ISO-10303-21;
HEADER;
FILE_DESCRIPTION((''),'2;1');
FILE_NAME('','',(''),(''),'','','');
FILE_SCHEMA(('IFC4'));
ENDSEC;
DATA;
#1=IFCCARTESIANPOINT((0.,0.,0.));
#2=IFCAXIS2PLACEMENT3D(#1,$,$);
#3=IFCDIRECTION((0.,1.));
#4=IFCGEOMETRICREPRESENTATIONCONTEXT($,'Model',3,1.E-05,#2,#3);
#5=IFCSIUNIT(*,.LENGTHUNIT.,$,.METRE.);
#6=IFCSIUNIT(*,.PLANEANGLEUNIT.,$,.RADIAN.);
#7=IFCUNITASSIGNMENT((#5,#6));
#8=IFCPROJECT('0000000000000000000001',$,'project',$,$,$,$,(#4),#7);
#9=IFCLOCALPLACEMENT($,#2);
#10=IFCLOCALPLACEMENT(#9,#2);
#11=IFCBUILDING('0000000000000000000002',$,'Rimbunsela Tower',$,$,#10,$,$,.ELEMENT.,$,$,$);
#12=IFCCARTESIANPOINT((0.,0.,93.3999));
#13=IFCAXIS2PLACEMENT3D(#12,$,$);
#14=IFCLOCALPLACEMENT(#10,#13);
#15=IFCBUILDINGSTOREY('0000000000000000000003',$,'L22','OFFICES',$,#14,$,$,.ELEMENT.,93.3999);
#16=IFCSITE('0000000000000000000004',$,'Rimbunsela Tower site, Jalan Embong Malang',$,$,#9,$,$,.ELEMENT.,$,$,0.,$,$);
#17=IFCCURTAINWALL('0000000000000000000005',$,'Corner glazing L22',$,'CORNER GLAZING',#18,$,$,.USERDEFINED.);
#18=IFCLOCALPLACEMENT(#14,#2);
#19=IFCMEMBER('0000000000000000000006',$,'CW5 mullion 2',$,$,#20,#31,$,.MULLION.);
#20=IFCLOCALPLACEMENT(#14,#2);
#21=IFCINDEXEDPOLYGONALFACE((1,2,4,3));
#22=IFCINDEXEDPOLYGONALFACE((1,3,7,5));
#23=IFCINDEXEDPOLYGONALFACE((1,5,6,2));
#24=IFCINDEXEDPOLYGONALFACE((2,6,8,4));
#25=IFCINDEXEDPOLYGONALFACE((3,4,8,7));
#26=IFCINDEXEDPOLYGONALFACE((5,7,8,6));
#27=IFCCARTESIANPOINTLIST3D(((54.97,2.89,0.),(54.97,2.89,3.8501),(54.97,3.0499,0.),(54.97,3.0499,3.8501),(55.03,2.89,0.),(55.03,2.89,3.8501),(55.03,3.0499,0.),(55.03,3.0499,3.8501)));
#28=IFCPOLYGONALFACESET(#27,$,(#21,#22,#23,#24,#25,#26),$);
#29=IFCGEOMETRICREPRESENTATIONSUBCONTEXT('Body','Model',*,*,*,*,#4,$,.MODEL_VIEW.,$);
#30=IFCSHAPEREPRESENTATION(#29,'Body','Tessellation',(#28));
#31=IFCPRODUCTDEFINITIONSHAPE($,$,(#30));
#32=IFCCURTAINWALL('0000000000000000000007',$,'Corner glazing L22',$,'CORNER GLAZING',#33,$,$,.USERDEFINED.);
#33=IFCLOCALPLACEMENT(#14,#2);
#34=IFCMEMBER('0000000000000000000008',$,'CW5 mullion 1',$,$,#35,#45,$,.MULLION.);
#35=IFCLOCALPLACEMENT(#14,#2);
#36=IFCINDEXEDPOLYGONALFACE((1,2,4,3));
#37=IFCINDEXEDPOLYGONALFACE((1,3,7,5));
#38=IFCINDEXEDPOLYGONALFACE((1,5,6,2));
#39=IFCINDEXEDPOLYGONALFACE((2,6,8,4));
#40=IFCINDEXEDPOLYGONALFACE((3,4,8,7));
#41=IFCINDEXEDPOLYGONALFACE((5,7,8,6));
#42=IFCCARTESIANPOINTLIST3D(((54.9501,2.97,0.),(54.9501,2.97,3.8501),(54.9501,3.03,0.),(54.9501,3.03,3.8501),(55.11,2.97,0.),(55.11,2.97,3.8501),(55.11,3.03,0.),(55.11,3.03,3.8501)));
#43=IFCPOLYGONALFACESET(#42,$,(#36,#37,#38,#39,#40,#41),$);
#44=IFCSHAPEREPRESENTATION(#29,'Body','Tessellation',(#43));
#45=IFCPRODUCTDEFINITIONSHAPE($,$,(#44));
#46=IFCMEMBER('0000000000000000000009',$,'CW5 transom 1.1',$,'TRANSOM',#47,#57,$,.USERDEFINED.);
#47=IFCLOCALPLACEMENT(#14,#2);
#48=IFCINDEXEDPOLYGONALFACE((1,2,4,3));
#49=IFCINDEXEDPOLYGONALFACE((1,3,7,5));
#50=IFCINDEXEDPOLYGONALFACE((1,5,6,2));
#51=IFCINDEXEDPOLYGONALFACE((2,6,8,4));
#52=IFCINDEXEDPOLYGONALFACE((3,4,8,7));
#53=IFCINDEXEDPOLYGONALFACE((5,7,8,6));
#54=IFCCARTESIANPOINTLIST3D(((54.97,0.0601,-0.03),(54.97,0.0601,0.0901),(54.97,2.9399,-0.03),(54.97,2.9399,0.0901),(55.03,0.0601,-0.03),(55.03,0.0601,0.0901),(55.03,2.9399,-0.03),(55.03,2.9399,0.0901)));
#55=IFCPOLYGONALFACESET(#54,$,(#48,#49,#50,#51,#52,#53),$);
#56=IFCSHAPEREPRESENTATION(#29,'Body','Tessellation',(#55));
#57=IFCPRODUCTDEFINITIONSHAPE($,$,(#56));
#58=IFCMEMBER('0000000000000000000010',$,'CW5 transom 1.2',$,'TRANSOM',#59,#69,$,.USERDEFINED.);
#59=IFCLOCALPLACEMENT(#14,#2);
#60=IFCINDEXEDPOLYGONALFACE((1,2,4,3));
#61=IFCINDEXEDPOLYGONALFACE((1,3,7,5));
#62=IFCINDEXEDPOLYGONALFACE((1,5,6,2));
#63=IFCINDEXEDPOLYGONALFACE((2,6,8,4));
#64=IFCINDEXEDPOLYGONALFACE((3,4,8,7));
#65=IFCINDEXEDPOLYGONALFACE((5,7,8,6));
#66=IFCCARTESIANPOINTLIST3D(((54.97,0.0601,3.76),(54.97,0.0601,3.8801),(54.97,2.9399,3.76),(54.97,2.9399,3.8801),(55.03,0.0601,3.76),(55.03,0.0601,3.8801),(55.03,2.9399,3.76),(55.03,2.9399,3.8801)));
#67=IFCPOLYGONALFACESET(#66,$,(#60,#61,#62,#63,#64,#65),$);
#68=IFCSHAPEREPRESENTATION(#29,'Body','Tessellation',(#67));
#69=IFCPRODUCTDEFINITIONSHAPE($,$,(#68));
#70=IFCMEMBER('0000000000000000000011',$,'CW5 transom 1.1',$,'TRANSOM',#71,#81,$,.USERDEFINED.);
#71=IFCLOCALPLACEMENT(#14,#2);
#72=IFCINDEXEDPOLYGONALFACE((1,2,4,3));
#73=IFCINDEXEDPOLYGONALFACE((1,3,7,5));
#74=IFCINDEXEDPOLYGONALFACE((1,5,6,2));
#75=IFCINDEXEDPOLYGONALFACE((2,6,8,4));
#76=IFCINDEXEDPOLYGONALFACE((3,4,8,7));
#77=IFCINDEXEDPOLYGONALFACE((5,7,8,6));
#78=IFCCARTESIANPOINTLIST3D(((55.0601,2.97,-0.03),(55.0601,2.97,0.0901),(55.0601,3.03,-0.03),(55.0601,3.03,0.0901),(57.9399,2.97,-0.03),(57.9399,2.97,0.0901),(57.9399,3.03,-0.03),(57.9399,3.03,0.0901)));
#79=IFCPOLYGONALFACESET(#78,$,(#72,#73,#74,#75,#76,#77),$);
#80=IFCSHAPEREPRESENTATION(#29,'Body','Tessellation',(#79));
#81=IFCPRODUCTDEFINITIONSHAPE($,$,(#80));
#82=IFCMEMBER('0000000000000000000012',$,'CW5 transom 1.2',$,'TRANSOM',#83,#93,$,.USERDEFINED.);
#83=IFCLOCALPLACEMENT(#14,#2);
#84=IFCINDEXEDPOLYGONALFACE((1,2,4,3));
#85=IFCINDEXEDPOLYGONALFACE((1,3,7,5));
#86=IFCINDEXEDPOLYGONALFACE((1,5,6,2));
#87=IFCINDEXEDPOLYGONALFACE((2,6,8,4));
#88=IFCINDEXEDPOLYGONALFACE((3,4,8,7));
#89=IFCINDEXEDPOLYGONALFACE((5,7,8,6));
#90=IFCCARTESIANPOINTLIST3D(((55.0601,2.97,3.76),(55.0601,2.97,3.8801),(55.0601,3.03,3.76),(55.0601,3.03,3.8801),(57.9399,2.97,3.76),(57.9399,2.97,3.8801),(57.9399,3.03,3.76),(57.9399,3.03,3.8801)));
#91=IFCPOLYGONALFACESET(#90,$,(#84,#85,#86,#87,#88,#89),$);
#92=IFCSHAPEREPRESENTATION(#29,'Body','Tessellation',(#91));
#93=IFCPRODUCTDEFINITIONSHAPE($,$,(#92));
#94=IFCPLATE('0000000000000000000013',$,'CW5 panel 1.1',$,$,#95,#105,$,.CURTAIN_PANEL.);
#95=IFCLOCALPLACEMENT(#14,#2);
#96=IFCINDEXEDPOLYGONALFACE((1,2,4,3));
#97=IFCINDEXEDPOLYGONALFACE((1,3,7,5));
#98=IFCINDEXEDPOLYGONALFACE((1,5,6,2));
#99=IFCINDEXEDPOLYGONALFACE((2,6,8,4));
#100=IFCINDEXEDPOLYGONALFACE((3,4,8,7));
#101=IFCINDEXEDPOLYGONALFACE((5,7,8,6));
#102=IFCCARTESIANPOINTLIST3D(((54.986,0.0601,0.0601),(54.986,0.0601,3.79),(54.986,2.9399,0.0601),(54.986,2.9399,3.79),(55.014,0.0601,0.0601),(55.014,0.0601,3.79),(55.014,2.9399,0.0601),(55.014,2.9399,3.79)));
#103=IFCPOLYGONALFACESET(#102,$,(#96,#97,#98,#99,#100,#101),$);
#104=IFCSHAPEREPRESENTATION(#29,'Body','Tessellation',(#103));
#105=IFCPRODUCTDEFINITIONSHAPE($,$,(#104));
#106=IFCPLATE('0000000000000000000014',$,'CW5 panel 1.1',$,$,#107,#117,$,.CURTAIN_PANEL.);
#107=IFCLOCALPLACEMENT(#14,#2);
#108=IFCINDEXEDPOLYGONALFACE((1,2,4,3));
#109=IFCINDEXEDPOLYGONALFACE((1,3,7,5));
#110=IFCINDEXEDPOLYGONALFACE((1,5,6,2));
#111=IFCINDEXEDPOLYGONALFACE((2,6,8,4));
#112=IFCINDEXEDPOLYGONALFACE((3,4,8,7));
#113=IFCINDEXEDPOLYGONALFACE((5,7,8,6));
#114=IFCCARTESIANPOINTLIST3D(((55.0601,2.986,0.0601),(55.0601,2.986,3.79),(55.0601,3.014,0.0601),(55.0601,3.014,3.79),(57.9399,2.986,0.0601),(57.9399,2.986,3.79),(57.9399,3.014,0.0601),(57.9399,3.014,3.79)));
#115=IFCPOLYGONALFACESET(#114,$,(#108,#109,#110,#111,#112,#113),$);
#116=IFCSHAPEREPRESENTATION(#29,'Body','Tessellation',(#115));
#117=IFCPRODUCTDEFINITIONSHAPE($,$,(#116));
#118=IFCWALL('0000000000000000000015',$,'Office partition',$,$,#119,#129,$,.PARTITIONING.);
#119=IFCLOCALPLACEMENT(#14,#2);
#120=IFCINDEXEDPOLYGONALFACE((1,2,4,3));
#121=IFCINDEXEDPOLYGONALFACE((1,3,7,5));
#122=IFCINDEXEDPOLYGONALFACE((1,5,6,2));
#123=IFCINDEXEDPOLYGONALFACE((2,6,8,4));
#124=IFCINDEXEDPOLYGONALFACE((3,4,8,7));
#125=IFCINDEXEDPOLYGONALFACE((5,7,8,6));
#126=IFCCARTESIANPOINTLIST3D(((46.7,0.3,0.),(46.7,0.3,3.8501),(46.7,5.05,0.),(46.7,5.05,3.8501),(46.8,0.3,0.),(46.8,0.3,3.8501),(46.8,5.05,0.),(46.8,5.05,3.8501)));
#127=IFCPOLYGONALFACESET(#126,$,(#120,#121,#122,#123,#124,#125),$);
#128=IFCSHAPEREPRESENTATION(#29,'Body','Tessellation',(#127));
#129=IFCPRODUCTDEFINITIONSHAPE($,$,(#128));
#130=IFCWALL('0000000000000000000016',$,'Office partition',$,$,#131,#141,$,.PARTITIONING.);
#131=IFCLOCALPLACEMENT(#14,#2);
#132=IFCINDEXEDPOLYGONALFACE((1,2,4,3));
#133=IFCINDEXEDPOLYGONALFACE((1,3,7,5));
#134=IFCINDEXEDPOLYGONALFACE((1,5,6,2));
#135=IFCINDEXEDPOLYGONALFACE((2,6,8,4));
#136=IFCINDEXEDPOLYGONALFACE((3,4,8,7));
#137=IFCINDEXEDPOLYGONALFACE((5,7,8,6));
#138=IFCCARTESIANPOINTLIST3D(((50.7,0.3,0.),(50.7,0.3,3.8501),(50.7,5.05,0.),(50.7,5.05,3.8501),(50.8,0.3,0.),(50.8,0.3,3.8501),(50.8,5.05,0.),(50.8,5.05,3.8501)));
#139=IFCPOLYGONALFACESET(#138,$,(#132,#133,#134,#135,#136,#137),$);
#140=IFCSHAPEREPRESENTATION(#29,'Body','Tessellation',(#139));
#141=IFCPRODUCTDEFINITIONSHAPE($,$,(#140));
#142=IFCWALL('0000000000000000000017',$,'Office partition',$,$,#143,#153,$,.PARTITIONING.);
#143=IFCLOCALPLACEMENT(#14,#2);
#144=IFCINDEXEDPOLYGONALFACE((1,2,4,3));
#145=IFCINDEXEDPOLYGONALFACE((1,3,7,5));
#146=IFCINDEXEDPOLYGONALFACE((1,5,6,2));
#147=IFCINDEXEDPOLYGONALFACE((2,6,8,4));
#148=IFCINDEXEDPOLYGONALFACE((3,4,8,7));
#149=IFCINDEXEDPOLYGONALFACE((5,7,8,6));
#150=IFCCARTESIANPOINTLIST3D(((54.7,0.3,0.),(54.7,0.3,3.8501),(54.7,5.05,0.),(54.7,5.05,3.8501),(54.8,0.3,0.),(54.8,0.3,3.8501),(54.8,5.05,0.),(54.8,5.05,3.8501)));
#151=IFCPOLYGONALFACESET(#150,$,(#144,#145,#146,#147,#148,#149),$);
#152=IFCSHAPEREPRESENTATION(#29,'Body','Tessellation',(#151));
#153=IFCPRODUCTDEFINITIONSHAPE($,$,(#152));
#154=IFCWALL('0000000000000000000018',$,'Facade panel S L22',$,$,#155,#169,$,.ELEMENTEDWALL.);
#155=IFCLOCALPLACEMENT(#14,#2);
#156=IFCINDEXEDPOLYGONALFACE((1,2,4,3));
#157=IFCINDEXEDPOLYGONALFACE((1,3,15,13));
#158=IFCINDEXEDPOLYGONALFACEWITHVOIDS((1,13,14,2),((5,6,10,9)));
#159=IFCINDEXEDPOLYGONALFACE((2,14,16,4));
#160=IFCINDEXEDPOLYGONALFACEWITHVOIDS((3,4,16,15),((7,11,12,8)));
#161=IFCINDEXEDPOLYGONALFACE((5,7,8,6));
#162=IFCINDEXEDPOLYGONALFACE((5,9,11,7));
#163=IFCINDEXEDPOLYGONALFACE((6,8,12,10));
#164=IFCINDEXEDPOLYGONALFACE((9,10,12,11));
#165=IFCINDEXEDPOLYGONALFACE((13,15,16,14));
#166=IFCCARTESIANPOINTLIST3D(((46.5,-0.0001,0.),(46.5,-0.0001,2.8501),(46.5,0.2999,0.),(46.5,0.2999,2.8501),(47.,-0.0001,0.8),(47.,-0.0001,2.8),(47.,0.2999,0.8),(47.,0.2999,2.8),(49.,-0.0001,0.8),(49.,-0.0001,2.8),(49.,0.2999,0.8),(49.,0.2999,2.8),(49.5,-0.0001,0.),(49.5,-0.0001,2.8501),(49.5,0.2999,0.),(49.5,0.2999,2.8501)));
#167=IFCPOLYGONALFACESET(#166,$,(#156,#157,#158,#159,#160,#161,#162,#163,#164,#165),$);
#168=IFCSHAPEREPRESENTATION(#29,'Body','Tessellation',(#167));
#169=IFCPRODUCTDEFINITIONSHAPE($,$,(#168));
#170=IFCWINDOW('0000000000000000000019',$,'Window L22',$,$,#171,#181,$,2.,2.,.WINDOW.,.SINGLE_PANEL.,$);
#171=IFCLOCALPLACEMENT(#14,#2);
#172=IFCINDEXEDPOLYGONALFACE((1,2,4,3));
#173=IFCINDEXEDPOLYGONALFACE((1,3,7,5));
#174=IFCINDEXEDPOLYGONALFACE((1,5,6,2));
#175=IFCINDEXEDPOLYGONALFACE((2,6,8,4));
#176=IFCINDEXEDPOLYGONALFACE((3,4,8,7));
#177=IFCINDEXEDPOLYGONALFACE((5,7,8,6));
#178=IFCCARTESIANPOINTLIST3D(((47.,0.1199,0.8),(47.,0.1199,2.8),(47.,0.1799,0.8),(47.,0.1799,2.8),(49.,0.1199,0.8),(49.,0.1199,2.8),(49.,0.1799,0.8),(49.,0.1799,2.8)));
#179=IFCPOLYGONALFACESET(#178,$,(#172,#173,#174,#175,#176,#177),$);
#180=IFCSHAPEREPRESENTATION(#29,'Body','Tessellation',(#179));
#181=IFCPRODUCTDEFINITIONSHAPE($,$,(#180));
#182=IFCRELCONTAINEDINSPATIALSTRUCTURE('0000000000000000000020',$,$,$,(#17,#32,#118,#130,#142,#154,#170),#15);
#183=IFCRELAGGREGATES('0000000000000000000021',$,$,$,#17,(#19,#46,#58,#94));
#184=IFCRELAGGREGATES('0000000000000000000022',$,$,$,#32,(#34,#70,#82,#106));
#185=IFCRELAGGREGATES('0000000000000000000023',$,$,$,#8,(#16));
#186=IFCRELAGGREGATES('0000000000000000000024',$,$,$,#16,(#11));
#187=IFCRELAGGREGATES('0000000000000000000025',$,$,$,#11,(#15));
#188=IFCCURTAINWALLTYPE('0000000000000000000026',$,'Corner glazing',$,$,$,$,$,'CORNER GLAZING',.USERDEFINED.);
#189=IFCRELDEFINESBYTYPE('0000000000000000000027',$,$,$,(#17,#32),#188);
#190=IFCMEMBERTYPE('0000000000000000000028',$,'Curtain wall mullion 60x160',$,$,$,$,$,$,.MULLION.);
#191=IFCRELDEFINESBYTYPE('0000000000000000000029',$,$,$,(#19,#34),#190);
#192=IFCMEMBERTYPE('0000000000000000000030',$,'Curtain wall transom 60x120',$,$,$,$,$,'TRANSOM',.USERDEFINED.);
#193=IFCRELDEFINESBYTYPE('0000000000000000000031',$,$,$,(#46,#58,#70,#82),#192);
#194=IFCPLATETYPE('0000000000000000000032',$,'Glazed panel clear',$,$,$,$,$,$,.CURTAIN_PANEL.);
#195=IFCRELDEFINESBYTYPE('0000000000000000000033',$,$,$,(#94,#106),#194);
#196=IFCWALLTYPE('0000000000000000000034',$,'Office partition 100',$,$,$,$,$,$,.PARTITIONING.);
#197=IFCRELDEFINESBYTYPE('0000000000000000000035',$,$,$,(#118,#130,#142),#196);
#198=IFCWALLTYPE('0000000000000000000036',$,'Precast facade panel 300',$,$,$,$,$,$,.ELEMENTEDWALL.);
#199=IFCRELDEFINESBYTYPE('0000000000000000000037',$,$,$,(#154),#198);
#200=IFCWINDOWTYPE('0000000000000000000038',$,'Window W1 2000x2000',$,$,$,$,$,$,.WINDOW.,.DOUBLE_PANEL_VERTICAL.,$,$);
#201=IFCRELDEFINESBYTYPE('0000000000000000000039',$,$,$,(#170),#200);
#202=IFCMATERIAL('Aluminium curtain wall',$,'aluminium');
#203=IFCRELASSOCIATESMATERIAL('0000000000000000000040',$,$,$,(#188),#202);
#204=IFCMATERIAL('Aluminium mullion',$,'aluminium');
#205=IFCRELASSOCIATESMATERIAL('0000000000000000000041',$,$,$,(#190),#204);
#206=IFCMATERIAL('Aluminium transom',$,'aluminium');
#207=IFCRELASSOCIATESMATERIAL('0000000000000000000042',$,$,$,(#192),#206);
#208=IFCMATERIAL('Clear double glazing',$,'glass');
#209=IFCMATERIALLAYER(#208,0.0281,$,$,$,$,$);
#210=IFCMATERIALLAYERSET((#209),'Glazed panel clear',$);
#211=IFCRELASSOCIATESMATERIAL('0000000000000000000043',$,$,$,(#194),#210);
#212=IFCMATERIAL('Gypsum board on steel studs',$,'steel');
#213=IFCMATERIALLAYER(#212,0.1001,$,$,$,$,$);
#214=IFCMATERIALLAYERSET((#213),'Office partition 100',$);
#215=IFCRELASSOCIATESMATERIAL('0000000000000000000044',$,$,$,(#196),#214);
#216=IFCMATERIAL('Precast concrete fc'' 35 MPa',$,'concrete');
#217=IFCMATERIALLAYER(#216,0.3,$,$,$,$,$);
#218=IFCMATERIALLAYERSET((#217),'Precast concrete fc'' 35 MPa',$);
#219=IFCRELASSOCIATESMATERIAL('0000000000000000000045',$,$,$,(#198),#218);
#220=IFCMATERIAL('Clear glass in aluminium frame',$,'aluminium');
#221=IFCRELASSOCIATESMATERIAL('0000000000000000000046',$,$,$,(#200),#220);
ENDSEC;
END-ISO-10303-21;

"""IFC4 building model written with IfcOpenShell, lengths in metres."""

from ifc_helpers import new_model, si_unit, direction, frame, frame_2d, origin, origin_2d, place, context, subcontext, project, spatial, rectangle, extrude, material, layer, layer_set, material_profile, profile_set, type_object, element, fill, aggregate, save


model = new_model("IFC4")

# Units and contexts
model_context = context("Model", 3, precision=1e-05, world=origin(), true_north=direction((0.0, 1.0)))
body_context = subcontext(model_context, "Body", "Model", "MODEL_VIEW")
ifc_project = project(units=[si_unit("LENGTHUNIT", "METRE"), si_unit("PLANEANGLEUNIT", "RADIAN")], contexts=[model_context])

# Site, building, storey
site_placement = place(None, origin())
site = spatial("IfcSite", under=ifc_project, at=site_placement, Name="Rimbunsela Tower site, Jalan Embong Malang", CompositionType="ELEMENT", RefElevation=0.0)
building_placement = place(site_placement, origin())
building = spatial("IfcBuilding", under=site, at=building_placement, Name="Rimbunsela Tower", CompositionType="ELEMENT")
storey_placement = place(building_placement, frame((0.0, 0.0, 93.3999)))
storey = spatial("IfcBuildingStorey", under=building, at=storey_placement, Name="L22", Description="OFFICES", CompositionType="ELEMENT", Elevation=93.3999)

# Curtain wall, member
ifc_material_1 = material(Name="Aluminium curtain wall", Category="aluminium")
curtain_wall_type = type_object("IfcCurtainWallType", Name="Corner glazing", ElementType="CORNER GLAZING", PredefinedType="USERDEFINED", material=ifc_material_1)
curtain_wall_1_placement = place(storey_placement, origin())
curtain_wall_1 = element("IfcCurtainWall", 1, at=curtain_wall_1_placement, inside=storey, type_object=curtain_wall_type, Name="Corner glazing L22", ObjectType="CORNER GLAZING", PredefinedType="USERDEFINED")
ifc_material_2 = material(Name="Aluminium mullion", Category="aluminium")
ifc_material_profile_1 = material_profile(ifc_material_2, rectangle(XDim=0.0601, YDim=0.1599, at=origin_2d()), Name="Mullion 60x160")
ifc_profile_set_1 = profile_set([ifc_material_profile_1], Name="Aluminium mullion")
member_type_1 = type_object("IfcMemberType", Name="Curtain wall mullion 60x160", PredefinedType="MULLION", material=ifc_profile_set_1)
member_1_placement = place(storey_placement, frame((55.0, 2.97, 0.0), z_axis=(0.0, 0.0, 1.0), x_axis=(-1.0, 0.0, 0.0)))
member_1 = element("IfcMember", 2, at=member_1_placement, type_object=member_type_1, Name="CW5 mullion 2", PredefinedType="MULLION", context=body_context, shape_type="SweptSolid", body=[
    extrude(rectangle(XDim=0.0601, YDim=0.1599, at=origin_2d()), origin(), (0.0, 0.0, 1.0), 3.8501),
])

# Curtain wall, member
curtain_wall_2_placement = place(storey_placement, origin())
curtain_wall_2 = element("IfcCurtainWall", 3, at=curtain_wall_2_placement, inside=storey, type_object=curtain_wall_type, Name="Corner glazing L22", ObjectType="CORNER GLAZING", PredefinedType="USERDEFINED")
member_2_placement = place(storey_placement, frame((55.03, 3.0, 0.0), z_axis=(0.0, 0.0, 1.0), x_axis=(0.0, 1.0, 0.0)))
member_2 = element("IfcMember", 4, at=member_2_placement, type_object=member_type_1, Name="CW5 mullion 1", PredefinedType="MULLION", context=body_context, shape_type="SweptSolid", body=[
    extrude(rectangle(XDim=0.0601, YDim=0.1599, at=origin_2d()), origin(), (0.0, 0.0, 1.0), 3.8501),
])

# Members
ifc_material_3 = material(Name="Aluminium transom", Category="aluminium")
ifc_material_profile_2 = material_profile(ifc_material_3, rectangle(XDim=0.0601, YDim=0.1201, at=origin_2d()), Name="Transom 60x120")
ifc_profile_set_2 = profile_set([ifc_material_profile_2], Name="Aluminium transom")
member_type_2 = type_object("IfcMemberType", Name="Curtain wall transom 60x120", ElementType="TRANSOM", PredefinedType="USERDEFINED", material=ifc_profile_set_2)
member_3_placement = place(storey_placement, frame((55.0, 0.0601, 0.03), z_axis=(0.0, 1.0, 0.0), x_axis=(-1.0, 0.0, 0.0)))
member_3 = element("IfcMember", 5, at=member_3_placement, type_object=member_type_2, Name="CW5 transom 1.1", ObjectType="TRANSOM", PredefinedType="USERDEFINED", context=body_context, shape_type="SweptSolid", body=[
    extrude(rectangle(XDim=0.0601, YDim=0.1201, at=origin_2d()), origin(), (0.0, 0.0, 1.0), 2.8799),
])
member_4_placement = place(storey_placement, frame((55.0, 0.0601, 3.8201), z_axis=(0.0, 1.0, 0.0), x_axis=(-1.0, 0.0, 0.0)))
member_4 = element("IfcMember", 6, at=member_4_placement, type_object=member_type_2, Name="CW5 transom 1.2", ObjectType="TRANSOM", PredefinedType="USERDEFINED", context=body_context, shape_type="SweptSolid", body=[
    extrude(rectangle(XDim=0.0601, YDim=0.1201, at=origin_2d()), origin(), (0.0, 0.0, 1.0), 2.8799),
])
member_5_placement = place(storey_placement, frame((55.0601, 3.0, 0.03), z_axis=(1.0, 0.0, 0.0), x_axis=(0.0, 1.0, 0.0)))
member_5 = element("IfcMember", 7, at=member_5_placement, type_object=member_type_2, Name="CW5 transom 1.1", ObjectType="TRANSOM", PredefinedType="USERDEFINED", context=body_context, shape_type="SweptSolid", body=[
    extrude(rectangle(XDim=0.0601, YDim=0.1201, at=origin_2d()), origin(), (0.0, 0.0, 1.0), 2.8799),
])
member_6_placement = place(storey_placement, frame((55.0601, 3.0, 3.8201), z_axis=(1.0, 0.0, 0.0), x_axis=(0.0, 1.0, 0.0)))
member_6 = element("IfcMember", 8, at=member_6_placement, type_object=member_type_2, Name="CW5 transom 1.2", ObjectType="TRANSOM", PredefinedType="USERDEFINED", context=body_context, shape_type="SweptSolid", body=[
    extrude(rectangle(XDim=0.0601, YDim=0.1201, at=origin_2d()), origin(), (0.0, 0.0, 1.0), 2.8799),
])

# Plates
ifc_material_4 = material(Name="Clear double glazing", Category="glass")
ifc_layer_1 = layer(ifc_material_4, 0.0281)
ifc_layer_set_1 = layer_set([ifc_layer_1], Name="Glazed panel clear")
plate_type = type_object("IfcPlateType", Name="Glazed panel clear", PredefinedType="CURTAIN_PANEL", material=ifc_layer_set_1)
plate_1_placement = place(storey_placement, frame((55.0, 1.5, 0.0601), z_axis=(0.0, 0.0, 1.0), x_axis=(0.0, 1.0, 0.0)))
plate_1 = element("IfcPlate", 9, at=plate_1_placement, type_object=plate_type, Name="CW5 panel 1.1", PredefinedType="CURTAIN_PANEL", context=body_context, shape_type="SweptSolid", body=[
    extrude(rectangle(XDim=2.8799, YDim=0.0281, at=origin_2d()), origin(), (0.0, 0.0, 1.0), 3.73),
])
aggregate(curtain_wall_1, [member_1, member_3, member_4, plate_1])
plate_2_placement = place(storey_placement, frame((56.5, 3.0, 0.0601), z_axis=(0.0, 0.0, 1.0), x_axis=(1.0, 0.0, 0.0)))
plate_2 = element("IfcPlate", 10, at=plate_2_placement, type_object=plate_type, Name="CW5 panel 1.1", PredefinedType="CURTAIN_PANEL", context=body_context, shape_type="SweptSolid", body=[
    extrude(rectangle(XDim=2.8799, YDim=0.0281, at=origin_2d()), origin(), (0.0, 0.0, 1.0), 3.73),
])
aggregate(curtain_wall_2, [member_2, member_5, member_6, plate_2])

# Walls
ifc_material_5 = material(Name="Gypsum board on steel studs", Category="steel")
ifc_layer_2 = layer(ifc_material_5, 0.1001)
ifc_layer_set_2 = layer_set([ifc_layer_2], Name="Office partition 100")
wall_type_1 = type_object("IfcWallType", Name="Office partition 100", PredefinedType="PARTITIONING", material=ifc_layer_set_2)
for number, where, z_axis, x_axis, name in (
    (11, (46.75, 0.3, 0.0), (0.0, 0.0, 1.0), (0.0, 1.0, 0.0), "Office partition"),
    (12, (50.75, 0.3, 0.0), (0.0, 0.0, 1.0), (0.0, 1.0, 0.0), "Office partition"),
    (13, (54.75, 0.3, 0.0), (0.0, 0.0, 1.0), (0.0, 1.0, 0.0), "Office partition"),
):
    element("IfcWall", number, at=place(storey_placement, frame(where, z_axis=z_axis, x_axis=x_axis)), inside=storey, type_object=wall_type_1, Name=name, PredefinedType="PARTITIONING", context=body_context, shape_type="SweptSolid", body=[
        extrude(rectangle(XDim=4.75, YDim=0.1001, at=frame_2d((2.375, 0.0))), origin(), (0.0, 0.0, 1.0), 3.8501),
    ])

# Wall, opening, window
ifc_material_6 = material(Name="Precast concrete fc' 35 MPa", Category="concrete")
ifc_layer_3 = layer(ifc_material_6, 0.3)
ifc_layer_set_3 = layer_set([ifc_layer_3], Name="Precast concrete fc' 35 MPa")
wall_type_2 = type_object("IfcWallType", Name="Precast facade panel 300", PredefinedType="ELEMENTEDWALL", material=ifc_layer_set_3)
wall_1_placement = place(storey_placement, frame((46.5, 0.1499, 0.0), z_axis=(0.0, 0.0, 1.0), x_axis=(1.0, 0.0, 0.0)))
wall_1 = element("IfcWall", 14, at=wall_1_placement, inside=storey, type_object=wall_type_2, Name="Facade panel S L22", PredefinedType="ELEMENTEDWALL", context=body_context, shape_type="SweptSolid", body=[
    extrude(rectangle(XDim=3.0, YDim=0.3, at=frame_2d((1.5, 0.0))), origin(), (0.0, 0.0, 1.0), 2.8501),
])
opening_1_placement = place(wall_1_placement, frame((0.5, 0.0, 0.8)))
opening_1 = element("IfcOpeningElement", 15, at=opening_1_placement, cuts=wall_1, PredefinedType="OPENING", context=body_context, shape_type="SweptSolid", body=[
    extrude(rectangle(XDim=2.0, YDim=2.0, at=frame_2d((1.0, 1.0))), frame((0.0, 0.1599, 0.0), z_axis=(0.0, -1.0, 0.0), x_axis=(1.0, 0.0, 0.0)), (0.0, 0.0, 1.0), 0.3201),
])
ifc_material_7 = material(Name="Clear glass in aluminium frame", Category="aluminium")
window_type = type_object("IfcWindowType", Name="Window W1 2000x2000", PartitioningType="DOUBLE_PANEL_VERTICAL", PredefinedType="WINDOW", material=ifc_material_7)
window_1_placement = place(opening_1_placement, origin())
window_1 = element("IfcWindow", 16, at=window_1_placement, inside=storey, type_object=window_type, Name="Window L22", OverallHeight=2.0, OverallWidth=2.0, PartitioningType="SINGLE_PANEL", PredefinedType="WINDOW", context=body_context, shape_type="SweptSolid", body=[
    extrude(rectangle(XDim=2.0, YDim=2.0, at=frame_2d((1.0, 1.0))), frame((0.0, 0.03, 0.0), z_axis=(0.0, -1.0, 0.0), x_axis=(1.0, 0.0, 0.0)), (0.0, 0.0, 1.0), 0.0601),
])
fill(opening_1, window_1)

save(model, "model.ifc")
